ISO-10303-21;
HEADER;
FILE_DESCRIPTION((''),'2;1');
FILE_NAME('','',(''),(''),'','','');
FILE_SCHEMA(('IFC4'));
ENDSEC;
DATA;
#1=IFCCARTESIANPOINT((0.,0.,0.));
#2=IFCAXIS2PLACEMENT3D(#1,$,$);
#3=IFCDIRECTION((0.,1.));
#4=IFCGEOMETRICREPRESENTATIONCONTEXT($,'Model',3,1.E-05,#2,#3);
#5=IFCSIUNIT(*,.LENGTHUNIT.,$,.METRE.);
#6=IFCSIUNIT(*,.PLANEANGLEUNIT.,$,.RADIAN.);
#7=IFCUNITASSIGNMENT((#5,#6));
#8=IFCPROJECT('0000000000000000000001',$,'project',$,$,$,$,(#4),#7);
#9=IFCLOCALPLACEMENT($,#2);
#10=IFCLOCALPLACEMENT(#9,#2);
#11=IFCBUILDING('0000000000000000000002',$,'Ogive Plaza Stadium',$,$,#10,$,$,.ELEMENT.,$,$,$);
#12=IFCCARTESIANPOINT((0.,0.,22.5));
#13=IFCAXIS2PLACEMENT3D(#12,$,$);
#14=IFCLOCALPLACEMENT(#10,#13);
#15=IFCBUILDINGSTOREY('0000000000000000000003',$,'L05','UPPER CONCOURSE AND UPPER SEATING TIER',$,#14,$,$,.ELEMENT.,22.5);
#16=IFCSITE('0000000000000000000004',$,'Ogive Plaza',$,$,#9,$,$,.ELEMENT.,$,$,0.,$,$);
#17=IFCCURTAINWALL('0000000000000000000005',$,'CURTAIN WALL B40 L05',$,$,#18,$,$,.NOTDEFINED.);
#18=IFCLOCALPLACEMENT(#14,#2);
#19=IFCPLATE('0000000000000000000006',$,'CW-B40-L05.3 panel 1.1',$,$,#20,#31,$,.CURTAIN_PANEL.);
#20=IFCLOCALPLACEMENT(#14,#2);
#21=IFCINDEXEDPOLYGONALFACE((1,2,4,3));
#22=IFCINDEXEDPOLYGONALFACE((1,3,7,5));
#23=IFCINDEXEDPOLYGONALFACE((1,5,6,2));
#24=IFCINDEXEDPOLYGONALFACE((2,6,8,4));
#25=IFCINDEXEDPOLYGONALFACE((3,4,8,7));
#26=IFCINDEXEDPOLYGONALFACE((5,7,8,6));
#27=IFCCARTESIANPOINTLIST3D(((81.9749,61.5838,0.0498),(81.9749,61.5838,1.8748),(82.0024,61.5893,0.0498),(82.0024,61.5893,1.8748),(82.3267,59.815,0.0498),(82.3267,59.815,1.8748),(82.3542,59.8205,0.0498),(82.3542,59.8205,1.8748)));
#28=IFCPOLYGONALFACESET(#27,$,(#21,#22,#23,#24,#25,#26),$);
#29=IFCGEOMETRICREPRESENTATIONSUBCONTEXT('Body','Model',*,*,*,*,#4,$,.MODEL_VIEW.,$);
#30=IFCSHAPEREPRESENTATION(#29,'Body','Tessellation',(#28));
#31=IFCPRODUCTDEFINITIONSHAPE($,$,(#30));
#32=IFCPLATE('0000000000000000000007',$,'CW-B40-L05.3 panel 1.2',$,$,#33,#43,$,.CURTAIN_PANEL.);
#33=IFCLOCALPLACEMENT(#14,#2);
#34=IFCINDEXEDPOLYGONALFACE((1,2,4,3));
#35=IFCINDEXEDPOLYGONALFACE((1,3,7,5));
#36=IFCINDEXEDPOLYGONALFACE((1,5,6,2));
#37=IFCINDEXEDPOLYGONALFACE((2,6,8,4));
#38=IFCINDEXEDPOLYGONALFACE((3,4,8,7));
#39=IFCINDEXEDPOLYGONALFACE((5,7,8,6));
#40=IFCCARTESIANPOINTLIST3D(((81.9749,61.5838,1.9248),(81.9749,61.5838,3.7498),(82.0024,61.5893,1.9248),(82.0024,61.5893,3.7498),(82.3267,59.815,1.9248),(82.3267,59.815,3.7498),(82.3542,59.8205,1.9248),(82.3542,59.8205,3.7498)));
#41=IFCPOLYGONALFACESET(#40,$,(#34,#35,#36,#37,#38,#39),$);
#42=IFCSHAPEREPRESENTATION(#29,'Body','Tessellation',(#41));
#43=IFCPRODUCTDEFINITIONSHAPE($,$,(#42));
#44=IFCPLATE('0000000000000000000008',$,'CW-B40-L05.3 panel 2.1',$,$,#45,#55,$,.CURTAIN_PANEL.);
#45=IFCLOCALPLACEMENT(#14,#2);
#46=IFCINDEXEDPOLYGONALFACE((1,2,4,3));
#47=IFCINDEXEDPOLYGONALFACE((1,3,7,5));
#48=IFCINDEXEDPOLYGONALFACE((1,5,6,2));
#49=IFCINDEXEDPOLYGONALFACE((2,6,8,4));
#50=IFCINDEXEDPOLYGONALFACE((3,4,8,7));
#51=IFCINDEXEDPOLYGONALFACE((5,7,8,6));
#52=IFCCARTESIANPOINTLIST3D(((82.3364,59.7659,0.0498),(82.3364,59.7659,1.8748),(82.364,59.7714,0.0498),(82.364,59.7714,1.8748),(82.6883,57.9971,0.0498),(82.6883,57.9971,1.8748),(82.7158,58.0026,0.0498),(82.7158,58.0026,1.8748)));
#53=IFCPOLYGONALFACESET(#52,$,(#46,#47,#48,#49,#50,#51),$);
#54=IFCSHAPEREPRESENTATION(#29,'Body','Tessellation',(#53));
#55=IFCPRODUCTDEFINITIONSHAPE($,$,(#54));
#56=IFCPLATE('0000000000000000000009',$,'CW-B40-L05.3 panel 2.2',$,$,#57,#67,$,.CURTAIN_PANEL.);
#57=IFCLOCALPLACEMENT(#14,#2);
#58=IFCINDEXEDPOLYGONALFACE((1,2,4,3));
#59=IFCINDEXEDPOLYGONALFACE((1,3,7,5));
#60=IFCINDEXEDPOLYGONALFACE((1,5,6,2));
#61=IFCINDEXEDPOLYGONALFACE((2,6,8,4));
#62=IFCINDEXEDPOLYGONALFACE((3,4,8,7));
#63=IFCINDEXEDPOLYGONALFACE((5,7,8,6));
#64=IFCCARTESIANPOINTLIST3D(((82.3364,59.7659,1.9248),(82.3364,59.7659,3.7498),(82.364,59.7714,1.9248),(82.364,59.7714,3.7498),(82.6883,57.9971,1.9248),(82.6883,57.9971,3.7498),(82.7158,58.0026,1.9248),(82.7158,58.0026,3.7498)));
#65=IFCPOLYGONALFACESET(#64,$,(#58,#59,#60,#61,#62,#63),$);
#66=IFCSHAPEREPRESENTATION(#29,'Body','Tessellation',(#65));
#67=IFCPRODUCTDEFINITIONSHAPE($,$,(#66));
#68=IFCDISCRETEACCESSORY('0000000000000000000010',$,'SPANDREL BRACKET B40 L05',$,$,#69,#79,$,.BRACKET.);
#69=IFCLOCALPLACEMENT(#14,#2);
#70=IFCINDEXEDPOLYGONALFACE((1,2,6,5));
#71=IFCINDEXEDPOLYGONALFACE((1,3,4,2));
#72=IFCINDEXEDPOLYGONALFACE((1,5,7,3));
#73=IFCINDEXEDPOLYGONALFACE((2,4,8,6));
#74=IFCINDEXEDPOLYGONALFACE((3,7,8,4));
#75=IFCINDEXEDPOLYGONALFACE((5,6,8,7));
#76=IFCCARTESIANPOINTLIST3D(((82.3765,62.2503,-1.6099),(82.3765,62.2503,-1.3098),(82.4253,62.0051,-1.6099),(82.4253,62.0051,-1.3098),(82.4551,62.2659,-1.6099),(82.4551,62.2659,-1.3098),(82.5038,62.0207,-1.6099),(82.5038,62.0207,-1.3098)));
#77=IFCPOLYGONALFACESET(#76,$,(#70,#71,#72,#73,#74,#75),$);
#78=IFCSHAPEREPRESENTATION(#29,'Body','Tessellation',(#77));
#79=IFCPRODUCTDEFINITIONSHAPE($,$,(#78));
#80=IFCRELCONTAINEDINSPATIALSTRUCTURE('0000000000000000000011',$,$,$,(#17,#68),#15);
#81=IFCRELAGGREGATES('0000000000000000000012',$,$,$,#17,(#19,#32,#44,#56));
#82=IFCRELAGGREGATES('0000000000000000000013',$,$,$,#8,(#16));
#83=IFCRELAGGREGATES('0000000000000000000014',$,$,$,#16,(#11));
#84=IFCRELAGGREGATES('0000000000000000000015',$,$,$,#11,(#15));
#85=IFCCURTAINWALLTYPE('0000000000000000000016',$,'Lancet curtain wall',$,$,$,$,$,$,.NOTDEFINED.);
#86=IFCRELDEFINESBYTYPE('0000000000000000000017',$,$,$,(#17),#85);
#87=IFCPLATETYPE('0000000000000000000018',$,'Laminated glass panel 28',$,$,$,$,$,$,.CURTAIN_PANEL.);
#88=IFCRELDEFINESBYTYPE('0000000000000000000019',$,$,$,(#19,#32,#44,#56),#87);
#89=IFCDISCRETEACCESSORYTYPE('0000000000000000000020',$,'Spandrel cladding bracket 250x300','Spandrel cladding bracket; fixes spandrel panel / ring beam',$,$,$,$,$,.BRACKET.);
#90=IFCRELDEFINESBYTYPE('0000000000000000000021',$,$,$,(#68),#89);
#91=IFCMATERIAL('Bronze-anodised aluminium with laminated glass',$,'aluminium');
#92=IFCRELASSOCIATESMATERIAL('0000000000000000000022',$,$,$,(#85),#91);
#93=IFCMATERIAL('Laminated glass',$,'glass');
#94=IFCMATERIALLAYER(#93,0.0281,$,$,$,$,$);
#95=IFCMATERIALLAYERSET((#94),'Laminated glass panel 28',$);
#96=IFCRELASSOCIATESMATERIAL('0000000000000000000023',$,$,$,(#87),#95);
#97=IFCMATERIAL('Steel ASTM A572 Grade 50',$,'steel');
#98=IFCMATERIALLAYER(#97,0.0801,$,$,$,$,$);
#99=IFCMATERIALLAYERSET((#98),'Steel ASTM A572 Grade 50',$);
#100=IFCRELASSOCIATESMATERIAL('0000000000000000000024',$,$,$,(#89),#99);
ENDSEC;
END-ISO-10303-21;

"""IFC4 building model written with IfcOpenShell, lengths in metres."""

from ifc_helpers import new_model, si_unit, direction, frame, origin, origin_2d, place, context, subcontext, project, spatial, rectangle, extrude, material, layer, layer_set, type_object, element, aggregate, save


model = new_model("IFC4")

# Units and contexts
model_context = context("Model", 3, precision=1e-05, world=origin(), true_north=direction((0.0, 1.0)))
body_context = subcontext(model_context, "Body", "Model", "MODEL_VIEW")
ifc_project = project(units=[si_unit("LENGTHUNIT", "METRE"), si_unit("PLANEANGLEUNIT", "RADIAN")], contexts=[model_context])

# Site, building, storey
site_placement = place(None, origin())
site = spatial("IfcSite", under=ifc_project, at=site_placement, Name="Ogive Plaza", CompositionType="ELEMENT", RefElevation=0.0)
building_placement = place(site_placement, origin())
building = spatial("IfcBuilding", under=site, at=building_placement, Name="Ogive Plaza Stadium", CompositionType="ELEMENT")
storey_placement = place(building_placement, frame((0.0, 0.0, 22.5)))
storey = spatial("IfcBuildingStorey", under=building, at=storey_placement, Name="L05", Description="UPPER CONCOURSE AND UPPER SEATING TIER", CompositionType="ELEMENT", Elevation=22.5)

# Shared definitions
ifc_material_1 = material(Name="Bronze-anodised aluminium with laminated glass", Category="aluminium")
curtain_wall_type = type_object("IfcCurtainWallType", Name="Lancet curtain wall", PredefinedType="NOTDEFINED", material=ifc_material_1)

# Curtain wall
curtain_wall_1_placement = place(storey_placement, origin())
curtain_wall_1 = element("IfcCurtainWall", 1, at=curtain_wall_1_placement, inside=storey, type_object=curtain_wall_type, Name="CURTAIN WALL B40 L05", PredefinedType="NOTDEFINED")

# Plates
ifc_material_2 = material(Name="Laminated glass", Category="glass")
ifc_layer_1 = layer(ifc_material_2, 0.0281)
ifc_layer_set_1 = layer_set([ifc_layer_1], Name="Laminated glass panel 28")
plate_type = type_object("IfcPlateType", Name="Laminated glass panel 28", PredefinedType="CURTAIN_PANEL", material=ifc_layer_set_1)
plate_1_placement = place(storey_placement, frame((82.1646, 60.7021, 0.0498), z_axis=(0.0, 0.0, 1.0), x_axis=(0.19509, -0.980785, 0.0)))
plate_1 = element("IfcPlate", 2, at=plate_1_placement, type_object=plate_type, Name="CW-B40-L05.3 panel 1.1", PredefinedType="CURTAIN_PANEL", context=body_context, shape_type="SweptSolid", body=[
    extrude(rectangle(XDim=1.8035, YDim=0.0281, at=origin_2d()), origin(), (0.0, 0.0, 1.0), 1.825),
])
plate_2_placement = place(storey_placement, frame((82.1646, 60.7021, 1.9248), z_axis=(0.0, 0.0, 1.0), x_axis=(0.19509, -0.980785, 0.0)))
plate_2 = element("IfcPlate", 3, at=plate_2_placement, type_object=plate_type, Name="CW-B40-L05.3 panel 1.2", PredefinedType="CURTAIN_PANEL", context=body_context, shape_type="SweptSolid", body=[
    extrude(rectangle(XDim=1.8035, YDim=0.0281, at=origin_2d()), origin(), (0.0, 0.0, 1.0), 1.825),
])
plate_3_placement = place(storey_placement, frame((82.5261, 58.8843, 0.0498), z_axis=(0.0, 0.0, 1.0), x_axis=(0.19509, -0.980785, 0.0)))
plate_3 = element("IfcPlate", 4, at=plate_3_placement, type_object=plate_type, Name="CW-B40-L05.3 panel 2.1", PredefinedType="CURTAIN_PANEL", context=body_context, shape_type="SweptSolid", body=[
    extrude(rectangle(XDim=1.8035, YDim=0.0281, at=origin_2d()), origin(), (0.0, 0.0, 1.0), 1.825),
])
plate_4_placement = place(storey_placement, frame((82.5261, 58.8843, 1.9248), z_axis=(0.0, 0.0, 1.0), x_axis=(0.19509, -0.980785, 0.0)))
plate_4 = element("IfcPlate", 5, at=plate_4_placement, type_object=plate_type, Name="CW-B40-L05.3 panel 2.2", PredefinedType="CURTAIN_PANEL", context=body_context, shape_type="SweptSolid", body=[
    extrude(rectangle(XDim=1.8035, YDim=0.0281, at=origin_2d()), origin(), (0.0, 0.0, 1.0), 1.825),
])
aggregate(curtain_wall_1, [plate_1, plate_2, plate_3, plate_4])

# Discrete accessory
ifc_material_3 = material(Name="Steel ASTM A572 Grade 50", Category="steel")
ifc_layer_2 = layer(ifc_material_3, 0.0801)
ifc_layer_set_2 = layer_set([ifc_layer_2], Name="Steel ASTM A572 Grade 50")
discrete_accessory_type = type_object("IfcDiscreteAccessoryType", Name="Spandrel cladding bracket 250x300", Description="Spandrel cladding bracket; fixes spandrel panel / ring beam", PredefinedType="BRACKET", material=ifc_layer_set_2)
discrete_accessory_placement = place(storey_placement, frame((82.4402, 62.1355, -1.6099), z_axis=(0.0, 0.0, 1.0), x_axis=(0.19509, -0.980785, 0.0)))
element("IfcDiscreteAccessory", 6, at=discrete_accessory_placement, inside=storey, type_object=discrete_accessory_type, Name="SPANDREL BRACKET B40 L05", PredefinedType="BRACKET", context=body_context, shape_type="SweptSolid", body=[
    extrude(rectangle(XDim=0.25, YDim=0.0801, at=origin_2d()), origin(), (0.0, 0.0, 1.0), 0.3),
])

save(model, "model.ifc")
